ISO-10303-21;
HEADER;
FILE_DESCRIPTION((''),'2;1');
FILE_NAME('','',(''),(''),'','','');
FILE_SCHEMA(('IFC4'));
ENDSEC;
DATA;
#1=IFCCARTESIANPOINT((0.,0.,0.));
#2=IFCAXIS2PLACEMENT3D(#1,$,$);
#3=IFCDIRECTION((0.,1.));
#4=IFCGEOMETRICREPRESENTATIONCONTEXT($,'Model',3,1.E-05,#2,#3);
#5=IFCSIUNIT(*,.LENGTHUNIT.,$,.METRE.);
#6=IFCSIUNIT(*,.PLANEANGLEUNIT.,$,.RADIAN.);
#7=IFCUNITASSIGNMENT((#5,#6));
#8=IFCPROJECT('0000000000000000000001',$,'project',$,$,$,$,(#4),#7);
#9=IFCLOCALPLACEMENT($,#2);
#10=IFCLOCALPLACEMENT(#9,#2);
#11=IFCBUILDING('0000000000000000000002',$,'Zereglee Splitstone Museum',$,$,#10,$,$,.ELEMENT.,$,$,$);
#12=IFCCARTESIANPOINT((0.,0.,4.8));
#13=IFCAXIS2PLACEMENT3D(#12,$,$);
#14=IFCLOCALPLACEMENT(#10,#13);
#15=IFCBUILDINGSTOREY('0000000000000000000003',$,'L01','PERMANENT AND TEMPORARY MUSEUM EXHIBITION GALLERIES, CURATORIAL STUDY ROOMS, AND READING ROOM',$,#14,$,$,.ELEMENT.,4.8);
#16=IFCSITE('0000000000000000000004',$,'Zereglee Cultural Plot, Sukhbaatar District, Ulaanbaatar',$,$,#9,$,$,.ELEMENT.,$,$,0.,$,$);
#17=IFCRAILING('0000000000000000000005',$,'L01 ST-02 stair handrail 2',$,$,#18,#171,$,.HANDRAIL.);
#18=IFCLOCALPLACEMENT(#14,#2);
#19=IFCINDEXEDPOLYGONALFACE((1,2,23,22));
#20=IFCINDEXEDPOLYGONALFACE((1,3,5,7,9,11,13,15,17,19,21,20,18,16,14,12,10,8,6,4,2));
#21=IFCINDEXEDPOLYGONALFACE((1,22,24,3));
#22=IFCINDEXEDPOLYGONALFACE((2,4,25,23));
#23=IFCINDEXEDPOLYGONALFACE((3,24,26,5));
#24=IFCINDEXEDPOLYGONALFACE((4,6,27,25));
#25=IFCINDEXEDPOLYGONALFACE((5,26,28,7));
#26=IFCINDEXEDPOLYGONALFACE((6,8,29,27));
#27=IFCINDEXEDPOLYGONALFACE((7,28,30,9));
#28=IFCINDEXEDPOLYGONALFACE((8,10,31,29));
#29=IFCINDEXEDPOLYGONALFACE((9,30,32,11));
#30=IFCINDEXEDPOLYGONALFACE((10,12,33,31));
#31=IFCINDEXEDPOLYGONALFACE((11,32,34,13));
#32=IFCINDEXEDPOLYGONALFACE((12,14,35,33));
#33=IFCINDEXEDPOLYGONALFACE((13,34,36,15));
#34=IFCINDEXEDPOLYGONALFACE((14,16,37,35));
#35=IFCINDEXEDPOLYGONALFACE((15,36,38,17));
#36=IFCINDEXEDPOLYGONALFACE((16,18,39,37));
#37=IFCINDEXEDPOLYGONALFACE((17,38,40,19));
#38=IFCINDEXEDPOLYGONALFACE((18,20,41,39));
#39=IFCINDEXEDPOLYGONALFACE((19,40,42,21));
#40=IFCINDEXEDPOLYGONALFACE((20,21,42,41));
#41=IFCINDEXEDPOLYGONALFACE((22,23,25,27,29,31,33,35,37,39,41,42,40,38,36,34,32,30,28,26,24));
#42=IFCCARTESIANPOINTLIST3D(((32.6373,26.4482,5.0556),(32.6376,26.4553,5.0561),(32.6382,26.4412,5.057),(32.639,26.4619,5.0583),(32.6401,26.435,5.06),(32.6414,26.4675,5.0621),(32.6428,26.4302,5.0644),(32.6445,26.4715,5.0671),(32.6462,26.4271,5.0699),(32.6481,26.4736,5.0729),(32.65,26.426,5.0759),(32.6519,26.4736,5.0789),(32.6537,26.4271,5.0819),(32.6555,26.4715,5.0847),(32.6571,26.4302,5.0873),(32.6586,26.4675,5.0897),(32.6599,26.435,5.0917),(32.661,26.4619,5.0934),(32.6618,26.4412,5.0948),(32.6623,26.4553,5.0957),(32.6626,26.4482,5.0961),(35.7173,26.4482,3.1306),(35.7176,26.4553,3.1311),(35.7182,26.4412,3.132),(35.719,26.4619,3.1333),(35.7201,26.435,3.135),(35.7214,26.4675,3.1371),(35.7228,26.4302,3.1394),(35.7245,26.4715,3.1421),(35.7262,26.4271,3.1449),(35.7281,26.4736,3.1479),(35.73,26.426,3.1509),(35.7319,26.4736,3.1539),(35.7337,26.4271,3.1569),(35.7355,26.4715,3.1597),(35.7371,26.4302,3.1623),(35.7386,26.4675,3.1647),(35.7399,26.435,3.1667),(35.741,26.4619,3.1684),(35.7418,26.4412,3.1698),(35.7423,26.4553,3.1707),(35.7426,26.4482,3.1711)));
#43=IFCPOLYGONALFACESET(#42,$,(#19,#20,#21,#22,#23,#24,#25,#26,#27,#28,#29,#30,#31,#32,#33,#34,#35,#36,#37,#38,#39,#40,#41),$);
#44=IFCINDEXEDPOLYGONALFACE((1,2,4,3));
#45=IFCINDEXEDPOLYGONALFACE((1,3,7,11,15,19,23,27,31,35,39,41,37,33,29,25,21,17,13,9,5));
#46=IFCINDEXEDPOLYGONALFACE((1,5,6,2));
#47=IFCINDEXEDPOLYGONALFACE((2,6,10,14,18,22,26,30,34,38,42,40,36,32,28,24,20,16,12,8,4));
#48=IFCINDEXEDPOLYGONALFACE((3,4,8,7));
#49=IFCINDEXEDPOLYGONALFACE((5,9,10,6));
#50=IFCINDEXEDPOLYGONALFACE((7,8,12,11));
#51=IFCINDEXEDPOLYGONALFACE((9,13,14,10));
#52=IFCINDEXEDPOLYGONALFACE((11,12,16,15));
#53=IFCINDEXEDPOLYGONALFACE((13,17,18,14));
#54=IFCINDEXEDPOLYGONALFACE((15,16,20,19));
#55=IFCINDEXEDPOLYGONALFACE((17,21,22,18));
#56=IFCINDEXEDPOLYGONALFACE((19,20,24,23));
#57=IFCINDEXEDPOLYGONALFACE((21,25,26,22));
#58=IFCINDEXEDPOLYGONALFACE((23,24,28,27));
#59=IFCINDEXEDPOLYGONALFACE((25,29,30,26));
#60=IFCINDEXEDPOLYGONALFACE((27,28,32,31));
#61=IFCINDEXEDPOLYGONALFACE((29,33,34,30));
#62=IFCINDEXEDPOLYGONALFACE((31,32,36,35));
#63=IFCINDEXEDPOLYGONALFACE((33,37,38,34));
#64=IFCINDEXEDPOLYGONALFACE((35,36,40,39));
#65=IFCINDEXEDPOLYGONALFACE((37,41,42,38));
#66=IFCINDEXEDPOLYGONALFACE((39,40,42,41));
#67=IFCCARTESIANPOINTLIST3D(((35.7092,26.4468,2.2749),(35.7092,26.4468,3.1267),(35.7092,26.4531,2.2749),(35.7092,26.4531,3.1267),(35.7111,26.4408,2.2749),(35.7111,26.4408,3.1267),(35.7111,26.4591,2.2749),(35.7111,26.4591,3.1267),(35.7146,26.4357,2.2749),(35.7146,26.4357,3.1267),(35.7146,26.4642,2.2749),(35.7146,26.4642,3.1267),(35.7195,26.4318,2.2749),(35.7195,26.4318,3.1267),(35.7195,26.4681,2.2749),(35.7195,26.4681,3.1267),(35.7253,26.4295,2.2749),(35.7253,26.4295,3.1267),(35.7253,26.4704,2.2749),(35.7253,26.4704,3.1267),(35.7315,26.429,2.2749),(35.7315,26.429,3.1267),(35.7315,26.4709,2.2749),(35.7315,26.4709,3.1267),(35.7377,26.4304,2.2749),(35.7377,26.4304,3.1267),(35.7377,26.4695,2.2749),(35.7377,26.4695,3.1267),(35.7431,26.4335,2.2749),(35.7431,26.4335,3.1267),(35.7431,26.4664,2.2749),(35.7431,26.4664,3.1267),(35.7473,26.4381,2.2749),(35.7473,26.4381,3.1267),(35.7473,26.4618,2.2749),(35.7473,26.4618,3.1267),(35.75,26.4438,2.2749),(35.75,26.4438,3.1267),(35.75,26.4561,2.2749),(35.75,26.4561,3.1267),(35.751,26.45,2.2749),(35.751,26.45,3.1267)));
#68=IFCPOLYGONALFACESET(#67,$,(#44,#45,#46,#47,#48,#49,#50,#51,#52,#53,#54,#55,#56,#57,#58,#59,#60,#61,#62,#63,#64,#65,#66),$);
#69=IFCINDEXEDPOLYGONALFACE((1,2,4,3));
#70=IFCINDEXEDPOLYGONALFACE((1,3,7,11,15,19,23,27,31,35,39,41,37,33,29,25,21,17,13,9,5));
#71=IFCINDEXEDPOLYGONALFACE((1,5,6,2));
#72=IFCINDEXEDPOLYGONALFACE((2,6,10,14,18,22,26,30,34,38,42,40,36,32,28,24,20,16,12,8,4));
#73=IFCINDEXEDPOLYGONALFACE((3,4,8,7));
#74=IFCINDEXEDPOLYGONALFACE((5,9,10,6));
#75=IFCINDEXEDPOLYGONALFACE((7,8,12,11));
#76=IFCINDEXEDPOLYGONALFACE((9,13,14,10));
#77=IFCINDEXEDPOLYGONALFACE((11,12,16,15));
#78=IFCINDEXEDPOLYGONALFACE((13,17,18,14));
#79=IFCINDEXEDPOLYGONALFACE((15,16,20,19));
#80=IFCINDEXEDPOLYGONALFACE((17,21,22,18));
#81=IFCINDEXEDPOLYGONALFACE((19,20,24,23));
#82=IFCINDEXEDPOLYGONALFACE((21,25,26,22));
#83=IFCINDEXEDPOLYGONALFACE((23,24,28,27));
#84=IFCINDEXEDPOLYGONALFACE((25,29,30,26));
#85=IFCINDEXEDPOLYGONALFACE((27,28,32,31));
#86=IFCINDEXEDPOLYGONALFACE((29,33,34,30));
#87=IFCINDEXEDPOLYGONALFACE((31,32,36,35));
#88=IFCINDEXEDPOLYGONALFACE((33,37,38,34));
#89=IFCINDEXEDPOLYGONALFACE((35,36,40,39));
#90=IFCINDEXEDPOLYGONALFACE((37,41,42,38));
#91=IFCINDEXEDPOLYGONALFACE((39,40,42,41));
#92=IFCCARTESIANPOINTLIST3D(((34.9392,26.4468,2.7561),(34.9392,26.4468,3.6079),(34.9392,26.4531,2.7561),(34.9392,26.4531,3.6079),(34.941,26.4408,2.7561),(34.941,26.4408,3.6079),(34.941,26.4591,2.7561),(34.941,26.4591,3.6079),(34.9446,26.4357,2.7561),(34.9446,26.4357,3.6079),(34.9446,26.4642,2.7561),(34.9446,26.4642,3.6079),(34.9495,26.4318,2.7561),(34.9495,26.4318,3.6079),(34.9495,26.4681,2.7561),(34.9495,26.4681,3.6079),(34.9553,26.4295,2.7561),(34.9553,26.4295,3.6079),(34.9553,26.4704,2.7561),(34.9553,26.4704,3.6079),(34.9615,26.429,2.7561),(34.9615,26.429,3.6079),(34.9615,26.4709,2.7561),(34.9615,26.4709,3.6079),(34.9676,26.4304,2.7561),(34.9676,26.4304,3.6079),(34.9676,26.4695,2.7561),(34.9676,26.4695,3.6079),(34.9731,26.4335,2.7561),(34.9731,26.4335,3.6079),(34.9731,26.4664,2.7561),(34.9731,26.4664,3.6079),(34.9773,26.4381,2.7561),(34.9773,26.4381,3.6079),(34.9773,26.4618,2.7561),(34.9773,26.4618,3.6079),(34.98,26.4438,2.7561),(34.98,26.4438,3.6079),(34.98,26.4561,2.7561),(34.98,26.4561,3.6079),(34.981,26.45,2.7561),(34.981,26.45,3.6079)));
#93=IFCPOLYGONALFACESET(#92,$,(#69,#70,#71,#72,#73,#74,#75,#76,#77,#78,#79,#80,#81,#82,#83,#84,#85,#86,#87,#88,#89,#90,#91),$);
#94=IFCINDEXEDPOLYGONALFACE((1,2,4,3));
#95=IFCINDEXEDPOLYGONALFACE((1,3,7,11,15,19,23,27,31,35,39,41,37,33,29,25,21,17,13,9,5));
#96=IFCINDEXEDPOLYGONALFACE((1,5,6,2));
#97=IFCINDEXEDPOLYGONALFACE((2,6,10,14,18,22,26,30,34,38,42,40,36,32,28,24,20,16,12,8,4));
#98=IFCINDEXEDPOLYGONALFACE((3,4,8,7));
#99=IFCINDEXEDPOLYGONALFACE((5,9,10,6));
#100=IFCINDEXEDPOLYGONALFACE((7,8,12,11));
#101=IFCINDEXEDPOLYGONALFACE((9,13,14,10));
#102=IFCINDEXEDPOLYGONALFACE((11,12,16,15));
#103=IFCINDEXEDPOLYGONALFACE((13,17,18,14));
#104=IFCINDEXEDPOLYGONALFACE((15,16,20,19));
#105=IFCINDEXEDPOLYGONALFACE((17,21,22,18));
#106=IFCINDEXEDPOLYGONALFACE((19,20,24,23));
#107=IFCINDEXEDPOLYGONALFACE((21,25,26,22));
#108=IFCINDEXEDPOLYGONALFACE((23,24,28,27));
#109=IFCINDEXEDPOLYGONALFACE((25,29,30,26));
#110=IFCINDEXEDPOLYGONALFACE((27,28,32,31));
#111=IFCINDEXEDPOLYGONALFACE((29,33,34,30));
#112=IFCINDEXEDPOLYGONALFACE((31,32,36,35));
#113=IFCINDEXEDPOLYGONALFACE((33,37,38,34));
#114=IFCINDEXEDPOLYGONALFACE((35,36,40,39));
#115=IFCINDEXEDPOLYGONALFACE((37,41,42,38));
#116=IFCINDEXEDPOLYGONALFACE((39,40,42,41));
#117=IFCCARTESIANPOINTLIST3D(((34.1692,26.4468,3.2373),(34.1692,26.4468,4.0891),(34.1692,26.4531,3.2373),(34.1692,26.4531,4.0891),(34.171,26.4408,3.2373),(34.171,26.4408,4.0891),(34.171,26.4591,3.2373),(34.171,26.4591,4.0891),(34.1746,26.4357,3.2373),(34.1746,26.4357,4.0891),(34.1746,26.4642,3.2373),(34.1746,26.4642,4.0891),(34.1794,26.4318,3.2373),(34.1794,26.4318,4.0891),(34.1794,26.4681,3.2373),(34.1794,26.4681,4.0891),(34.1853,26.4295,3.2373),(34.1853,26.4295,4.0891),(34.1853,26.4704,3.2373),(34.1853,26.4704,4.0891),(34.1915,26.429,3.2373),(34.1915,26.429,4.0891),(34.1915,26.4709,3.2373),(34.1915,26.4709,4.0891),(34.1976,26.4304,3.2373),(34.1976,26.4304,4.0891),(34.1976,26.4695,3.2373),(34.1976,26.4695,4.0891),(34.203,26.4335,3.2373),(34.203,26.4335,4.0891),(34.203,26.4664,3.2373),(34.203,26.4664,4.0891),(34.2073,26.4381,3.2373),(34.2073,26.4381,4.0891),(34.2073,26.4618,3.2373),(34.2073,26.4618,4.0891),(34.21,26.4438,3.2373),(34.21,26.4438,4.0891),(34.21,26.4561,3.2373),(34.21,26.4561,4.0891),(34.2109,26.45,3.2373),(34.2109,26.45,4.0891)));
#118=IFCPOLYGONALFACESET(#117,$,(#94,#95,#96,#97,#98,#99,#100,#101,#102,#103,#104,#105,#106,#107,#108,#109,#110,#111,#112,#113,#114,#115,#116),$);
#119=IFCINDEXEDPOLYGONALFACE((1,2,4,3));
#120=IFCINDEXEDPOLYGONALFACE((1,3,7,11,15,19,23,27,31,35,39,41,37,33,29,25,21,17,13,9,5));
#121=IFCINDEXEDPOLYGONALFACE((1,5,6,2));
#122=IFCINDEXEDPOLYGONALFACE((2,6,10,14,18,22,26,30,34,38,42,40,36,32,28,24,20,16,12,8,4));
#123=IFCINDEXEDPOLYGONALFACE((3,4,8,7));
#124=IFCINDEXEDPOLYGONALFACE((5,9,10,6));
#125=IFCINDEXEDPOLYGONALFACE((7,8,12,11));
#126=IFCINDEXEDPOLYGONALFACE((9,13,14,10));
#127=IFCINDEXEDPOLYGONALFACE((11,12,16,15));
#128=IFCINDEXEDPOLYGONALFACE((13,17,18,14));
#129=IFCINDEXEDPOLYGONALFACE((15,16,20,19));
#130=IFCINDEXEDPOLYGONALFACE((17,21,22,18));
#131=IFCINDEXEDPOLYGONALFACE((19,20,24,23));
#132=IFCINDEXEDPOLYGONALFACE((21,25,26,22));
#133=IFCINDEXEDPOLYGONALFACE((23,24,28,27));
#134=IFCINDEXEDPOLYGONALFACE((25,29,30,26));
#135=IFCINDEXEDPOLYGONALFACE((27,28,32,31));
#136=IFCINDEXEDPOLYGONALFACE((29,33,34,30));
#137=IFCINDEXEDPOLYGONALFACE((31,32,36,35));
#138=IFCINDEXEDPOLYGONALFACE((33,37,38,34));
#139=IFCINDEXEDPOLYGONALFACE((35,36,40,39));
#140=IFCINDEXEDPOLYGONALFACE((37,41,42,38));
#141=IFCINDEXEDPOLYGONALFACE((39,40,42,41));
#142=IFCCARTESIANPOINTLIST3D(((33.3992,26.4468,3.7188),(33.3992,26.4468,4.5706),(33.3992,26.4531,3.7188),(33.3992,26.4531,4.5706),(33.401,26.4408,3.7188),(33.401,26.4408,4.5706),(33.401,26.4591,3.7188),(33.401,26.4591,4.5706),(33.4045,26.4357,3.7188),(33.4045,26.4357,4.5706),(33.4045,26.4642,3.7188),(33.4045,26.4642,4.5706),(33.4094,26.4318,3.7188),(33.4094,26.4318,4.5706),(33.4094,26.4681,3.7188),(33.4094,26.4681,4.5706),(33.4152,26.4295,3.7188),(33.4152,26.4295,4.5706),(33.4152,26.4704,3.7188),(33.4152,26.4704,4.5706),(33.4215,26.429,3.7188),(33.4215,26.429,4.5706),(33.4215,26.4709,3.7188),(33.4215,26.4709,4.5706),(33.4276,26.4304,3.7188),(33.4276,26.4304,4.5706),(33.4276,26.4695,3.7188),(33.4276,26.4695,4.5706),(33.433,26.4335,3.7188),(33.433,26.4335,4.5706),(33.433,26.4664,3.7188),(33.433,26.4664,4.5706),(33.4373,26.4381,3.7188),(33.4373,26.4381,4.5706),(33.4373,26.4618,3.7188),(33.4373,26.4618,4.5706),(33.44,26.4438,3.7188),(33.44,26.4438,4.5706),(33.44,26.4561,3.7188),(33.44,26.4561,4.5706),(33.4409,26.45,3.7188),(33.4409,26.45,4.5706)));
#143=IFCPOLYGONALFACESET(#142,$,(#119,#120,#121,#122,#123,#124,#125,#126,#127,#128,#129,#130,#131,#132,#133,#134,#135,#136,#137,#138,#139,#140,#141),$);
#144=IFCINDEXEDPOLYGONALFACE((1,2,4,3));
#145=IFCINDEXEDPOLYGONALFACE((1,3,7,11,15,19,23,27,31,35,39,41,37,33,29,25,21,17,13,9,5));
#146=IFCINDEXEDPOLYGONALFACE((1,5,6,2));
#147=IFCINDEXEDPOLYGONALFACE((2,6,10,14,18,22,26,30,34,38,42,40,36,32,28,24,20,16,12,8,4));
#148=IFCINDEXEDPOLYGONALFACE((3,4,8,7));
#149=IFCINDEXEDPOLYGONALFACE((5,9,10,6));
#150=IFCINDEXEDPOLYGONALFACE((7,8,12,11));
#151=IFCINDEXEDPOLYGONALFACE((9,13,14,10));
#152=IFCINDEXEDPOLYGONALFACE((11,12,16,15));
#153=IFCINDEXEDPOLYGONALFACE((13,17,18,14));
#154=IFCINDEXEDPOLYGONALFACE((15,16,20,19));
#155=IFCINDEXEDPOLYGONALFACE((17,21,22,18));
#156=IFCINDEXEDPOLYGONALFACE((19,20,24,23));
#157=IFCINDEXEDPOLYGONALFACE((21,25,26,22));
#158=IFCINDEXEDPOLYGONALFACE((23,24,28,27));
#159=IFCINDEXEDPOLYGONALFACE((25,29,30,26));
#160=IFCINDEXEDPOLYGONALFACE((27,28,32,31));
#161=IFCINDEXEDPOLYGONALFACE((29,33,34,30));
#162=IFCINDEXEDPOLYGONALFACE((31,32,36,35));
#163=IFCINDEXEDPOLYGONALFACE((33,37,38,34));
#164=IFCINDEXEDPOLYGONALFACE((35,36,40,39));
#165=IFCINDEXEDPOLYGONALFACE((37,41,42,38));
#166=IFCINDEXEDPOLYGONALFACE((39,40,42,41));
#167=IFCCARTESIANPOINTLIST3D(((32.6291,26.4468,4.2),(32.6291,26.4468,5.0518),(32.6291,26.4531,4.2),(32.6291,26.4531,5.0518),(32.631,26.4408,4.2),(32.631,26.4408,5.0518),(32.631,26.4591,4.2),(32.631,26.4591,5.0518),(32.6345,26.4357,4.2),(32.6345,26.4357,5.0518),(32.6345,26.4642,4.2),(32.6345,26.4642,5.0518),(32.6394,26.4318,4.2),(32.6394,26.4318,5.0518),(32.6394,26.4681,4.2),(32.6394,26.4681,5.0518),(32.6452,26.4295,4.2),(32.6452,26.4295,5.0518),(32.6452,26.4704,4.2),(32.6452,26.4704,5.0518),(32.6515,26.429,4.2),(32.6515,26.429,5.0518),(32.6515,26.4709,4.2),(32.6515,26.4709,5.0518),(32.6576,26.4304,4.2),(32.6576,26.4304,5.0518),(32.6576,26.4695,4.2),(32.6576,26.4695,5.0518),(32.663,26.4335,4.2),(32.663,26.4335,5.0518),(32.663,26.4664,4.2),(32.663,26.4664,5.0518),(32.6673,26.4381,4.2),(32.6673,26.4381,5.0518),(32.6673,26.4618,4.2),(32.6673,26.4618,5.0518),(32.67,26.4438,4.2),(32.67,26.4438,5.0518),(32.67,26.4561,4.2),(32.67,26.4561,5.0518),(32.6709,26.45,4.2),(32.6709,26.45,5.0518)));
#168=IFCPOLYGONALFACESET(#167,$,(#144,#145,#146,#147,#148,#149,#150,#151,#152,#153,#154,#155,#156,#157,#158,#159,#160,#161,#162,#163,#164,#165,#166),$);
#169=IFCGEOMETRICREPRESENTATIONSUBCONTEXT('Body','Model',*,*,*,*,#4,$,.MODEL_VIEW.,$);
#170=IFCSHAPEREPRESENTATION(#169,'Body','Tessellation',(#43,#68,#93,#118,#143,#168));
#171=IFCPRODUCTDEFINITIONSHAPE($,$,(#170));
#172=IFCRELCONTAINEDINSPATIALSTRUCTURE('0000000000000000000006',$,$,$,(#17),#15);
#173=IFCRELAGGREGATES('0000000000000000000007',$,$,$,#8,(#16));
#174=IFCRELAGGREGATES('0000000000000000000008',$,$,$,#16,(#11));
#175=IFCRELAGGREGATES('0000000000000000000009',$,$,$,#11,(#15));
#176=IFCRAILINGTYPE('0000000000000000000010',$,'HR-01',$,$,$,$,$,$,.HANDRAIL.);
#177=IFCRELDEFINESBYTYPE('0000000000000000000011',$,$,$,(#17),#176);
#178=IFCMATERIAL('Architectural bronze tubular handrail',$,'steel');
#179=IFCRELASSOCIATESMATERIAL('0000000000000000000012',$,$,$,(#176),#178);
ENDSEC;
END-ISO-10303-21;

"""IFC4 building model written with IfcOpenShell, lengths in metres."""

from ifc_helpers import new_model, si_unit, direction, frame, origin, origin_2d, place, context, subcontext, project, spatial, circle, extrude, material, type_object, element, save


model = new_model("IFC4")

# Units and contexts
model_context = context("Model", 3, precision=1e-05, world=origin(), true_north=direction((0.0, 1.0)))
body_context = subcontext(model_context, "Body", "Model", "MODEL_VIEW")
ifc_project = project(units=[si_unit("LENGTHUNIT", "METRE"), si_unit("PLANEANGLEUNIT", "RADIAN")], contexts=[model_context])

# Site, building, storey
site_placement = place(None, origin())
site = spatial("IfcSite", under=ifc_project, at=site_placement, Name="Zereglee Cultural Plot, Sukhbaatar District, Ulaanbaatar", CompositionType="ELEMENT", RefElevation=0.0)
building_placement = place(site_placement, origin())
building = spatial("IfcBuilding", under=site, at=building_placement, Name="Zereglee Splitstone Museum", CompositionType="ELEMENT")
storey_placement = place(building_placement, frame((0.0, 0.0, 4.8)))
storey = spatial("IfcBuildingStorey", under=building, at=storey_placement, Name="L01", Description="PERMANENT AND TEMPORARY MUSEUM EXHIBITION GALLERIES, CURATORIAL STUDY ROOMS, AND READING ROOM", CompositionType="ELEMENT", Elevation=4.8)

# Railing
ifc_material_1 = material(Name="Architectural bronze tubular handrail", Category="steel")
railing_type_1 = type_object("IfcRailingType", Name="HR-01", PredefinedType="HANDRAIL", material=ifc_material_1)
railing_1_placement = place(storey_placement, frame((35.73, 26.45, 2.2749)))
element("IfcRailing", 1, at=railing_1_placement, inside=storey, type_object=railing_type_1, Name="L01 ST-02 stair handrail 2", PredefinedType="HANDRAIL", context=body_context, shape_type="SweptSolid", body=[
    extrude(circle(Radius=0.0239, at=origin_2d()), frame((0.0, 0.0, 0.876), z_axis=(-0.847998, 0.0, 0.529999), x_axis=(0.0, -1.0, 0.0)), (0.0, 0.0, 1.0), 3.6321),
    extrude(circle(Radius=0.021, at=origin_2d()), origin(), (0.0, 0.0, 1.0), 0.8518),
    extrude(circle(Radius=0.021, at=origin_2d()), frame((-0.77, 0.0, 0.4812)), (0.0, 0.0, 1.0), 0.8518),
    extrude(circle(Radius=0.021, at=origin_2d()), frame((-1.54, 0.0, 0.9624)), (0.0, 0.0, 1.0), 0.8518),
    extrude(circle(Radius=0.021, at=origin_2d()), frame((-2.3101, 0.0, 1.4438)), (0.0, 0.0, 1.0), 0.8518),
    extrude(circle(Radius=0.021, at=origin_2d()), frame((-3.0801, 0.0, 1.925)), (0.0, 0.0, 1.0), 0.8518),
])

save(model, "model.ifc")
